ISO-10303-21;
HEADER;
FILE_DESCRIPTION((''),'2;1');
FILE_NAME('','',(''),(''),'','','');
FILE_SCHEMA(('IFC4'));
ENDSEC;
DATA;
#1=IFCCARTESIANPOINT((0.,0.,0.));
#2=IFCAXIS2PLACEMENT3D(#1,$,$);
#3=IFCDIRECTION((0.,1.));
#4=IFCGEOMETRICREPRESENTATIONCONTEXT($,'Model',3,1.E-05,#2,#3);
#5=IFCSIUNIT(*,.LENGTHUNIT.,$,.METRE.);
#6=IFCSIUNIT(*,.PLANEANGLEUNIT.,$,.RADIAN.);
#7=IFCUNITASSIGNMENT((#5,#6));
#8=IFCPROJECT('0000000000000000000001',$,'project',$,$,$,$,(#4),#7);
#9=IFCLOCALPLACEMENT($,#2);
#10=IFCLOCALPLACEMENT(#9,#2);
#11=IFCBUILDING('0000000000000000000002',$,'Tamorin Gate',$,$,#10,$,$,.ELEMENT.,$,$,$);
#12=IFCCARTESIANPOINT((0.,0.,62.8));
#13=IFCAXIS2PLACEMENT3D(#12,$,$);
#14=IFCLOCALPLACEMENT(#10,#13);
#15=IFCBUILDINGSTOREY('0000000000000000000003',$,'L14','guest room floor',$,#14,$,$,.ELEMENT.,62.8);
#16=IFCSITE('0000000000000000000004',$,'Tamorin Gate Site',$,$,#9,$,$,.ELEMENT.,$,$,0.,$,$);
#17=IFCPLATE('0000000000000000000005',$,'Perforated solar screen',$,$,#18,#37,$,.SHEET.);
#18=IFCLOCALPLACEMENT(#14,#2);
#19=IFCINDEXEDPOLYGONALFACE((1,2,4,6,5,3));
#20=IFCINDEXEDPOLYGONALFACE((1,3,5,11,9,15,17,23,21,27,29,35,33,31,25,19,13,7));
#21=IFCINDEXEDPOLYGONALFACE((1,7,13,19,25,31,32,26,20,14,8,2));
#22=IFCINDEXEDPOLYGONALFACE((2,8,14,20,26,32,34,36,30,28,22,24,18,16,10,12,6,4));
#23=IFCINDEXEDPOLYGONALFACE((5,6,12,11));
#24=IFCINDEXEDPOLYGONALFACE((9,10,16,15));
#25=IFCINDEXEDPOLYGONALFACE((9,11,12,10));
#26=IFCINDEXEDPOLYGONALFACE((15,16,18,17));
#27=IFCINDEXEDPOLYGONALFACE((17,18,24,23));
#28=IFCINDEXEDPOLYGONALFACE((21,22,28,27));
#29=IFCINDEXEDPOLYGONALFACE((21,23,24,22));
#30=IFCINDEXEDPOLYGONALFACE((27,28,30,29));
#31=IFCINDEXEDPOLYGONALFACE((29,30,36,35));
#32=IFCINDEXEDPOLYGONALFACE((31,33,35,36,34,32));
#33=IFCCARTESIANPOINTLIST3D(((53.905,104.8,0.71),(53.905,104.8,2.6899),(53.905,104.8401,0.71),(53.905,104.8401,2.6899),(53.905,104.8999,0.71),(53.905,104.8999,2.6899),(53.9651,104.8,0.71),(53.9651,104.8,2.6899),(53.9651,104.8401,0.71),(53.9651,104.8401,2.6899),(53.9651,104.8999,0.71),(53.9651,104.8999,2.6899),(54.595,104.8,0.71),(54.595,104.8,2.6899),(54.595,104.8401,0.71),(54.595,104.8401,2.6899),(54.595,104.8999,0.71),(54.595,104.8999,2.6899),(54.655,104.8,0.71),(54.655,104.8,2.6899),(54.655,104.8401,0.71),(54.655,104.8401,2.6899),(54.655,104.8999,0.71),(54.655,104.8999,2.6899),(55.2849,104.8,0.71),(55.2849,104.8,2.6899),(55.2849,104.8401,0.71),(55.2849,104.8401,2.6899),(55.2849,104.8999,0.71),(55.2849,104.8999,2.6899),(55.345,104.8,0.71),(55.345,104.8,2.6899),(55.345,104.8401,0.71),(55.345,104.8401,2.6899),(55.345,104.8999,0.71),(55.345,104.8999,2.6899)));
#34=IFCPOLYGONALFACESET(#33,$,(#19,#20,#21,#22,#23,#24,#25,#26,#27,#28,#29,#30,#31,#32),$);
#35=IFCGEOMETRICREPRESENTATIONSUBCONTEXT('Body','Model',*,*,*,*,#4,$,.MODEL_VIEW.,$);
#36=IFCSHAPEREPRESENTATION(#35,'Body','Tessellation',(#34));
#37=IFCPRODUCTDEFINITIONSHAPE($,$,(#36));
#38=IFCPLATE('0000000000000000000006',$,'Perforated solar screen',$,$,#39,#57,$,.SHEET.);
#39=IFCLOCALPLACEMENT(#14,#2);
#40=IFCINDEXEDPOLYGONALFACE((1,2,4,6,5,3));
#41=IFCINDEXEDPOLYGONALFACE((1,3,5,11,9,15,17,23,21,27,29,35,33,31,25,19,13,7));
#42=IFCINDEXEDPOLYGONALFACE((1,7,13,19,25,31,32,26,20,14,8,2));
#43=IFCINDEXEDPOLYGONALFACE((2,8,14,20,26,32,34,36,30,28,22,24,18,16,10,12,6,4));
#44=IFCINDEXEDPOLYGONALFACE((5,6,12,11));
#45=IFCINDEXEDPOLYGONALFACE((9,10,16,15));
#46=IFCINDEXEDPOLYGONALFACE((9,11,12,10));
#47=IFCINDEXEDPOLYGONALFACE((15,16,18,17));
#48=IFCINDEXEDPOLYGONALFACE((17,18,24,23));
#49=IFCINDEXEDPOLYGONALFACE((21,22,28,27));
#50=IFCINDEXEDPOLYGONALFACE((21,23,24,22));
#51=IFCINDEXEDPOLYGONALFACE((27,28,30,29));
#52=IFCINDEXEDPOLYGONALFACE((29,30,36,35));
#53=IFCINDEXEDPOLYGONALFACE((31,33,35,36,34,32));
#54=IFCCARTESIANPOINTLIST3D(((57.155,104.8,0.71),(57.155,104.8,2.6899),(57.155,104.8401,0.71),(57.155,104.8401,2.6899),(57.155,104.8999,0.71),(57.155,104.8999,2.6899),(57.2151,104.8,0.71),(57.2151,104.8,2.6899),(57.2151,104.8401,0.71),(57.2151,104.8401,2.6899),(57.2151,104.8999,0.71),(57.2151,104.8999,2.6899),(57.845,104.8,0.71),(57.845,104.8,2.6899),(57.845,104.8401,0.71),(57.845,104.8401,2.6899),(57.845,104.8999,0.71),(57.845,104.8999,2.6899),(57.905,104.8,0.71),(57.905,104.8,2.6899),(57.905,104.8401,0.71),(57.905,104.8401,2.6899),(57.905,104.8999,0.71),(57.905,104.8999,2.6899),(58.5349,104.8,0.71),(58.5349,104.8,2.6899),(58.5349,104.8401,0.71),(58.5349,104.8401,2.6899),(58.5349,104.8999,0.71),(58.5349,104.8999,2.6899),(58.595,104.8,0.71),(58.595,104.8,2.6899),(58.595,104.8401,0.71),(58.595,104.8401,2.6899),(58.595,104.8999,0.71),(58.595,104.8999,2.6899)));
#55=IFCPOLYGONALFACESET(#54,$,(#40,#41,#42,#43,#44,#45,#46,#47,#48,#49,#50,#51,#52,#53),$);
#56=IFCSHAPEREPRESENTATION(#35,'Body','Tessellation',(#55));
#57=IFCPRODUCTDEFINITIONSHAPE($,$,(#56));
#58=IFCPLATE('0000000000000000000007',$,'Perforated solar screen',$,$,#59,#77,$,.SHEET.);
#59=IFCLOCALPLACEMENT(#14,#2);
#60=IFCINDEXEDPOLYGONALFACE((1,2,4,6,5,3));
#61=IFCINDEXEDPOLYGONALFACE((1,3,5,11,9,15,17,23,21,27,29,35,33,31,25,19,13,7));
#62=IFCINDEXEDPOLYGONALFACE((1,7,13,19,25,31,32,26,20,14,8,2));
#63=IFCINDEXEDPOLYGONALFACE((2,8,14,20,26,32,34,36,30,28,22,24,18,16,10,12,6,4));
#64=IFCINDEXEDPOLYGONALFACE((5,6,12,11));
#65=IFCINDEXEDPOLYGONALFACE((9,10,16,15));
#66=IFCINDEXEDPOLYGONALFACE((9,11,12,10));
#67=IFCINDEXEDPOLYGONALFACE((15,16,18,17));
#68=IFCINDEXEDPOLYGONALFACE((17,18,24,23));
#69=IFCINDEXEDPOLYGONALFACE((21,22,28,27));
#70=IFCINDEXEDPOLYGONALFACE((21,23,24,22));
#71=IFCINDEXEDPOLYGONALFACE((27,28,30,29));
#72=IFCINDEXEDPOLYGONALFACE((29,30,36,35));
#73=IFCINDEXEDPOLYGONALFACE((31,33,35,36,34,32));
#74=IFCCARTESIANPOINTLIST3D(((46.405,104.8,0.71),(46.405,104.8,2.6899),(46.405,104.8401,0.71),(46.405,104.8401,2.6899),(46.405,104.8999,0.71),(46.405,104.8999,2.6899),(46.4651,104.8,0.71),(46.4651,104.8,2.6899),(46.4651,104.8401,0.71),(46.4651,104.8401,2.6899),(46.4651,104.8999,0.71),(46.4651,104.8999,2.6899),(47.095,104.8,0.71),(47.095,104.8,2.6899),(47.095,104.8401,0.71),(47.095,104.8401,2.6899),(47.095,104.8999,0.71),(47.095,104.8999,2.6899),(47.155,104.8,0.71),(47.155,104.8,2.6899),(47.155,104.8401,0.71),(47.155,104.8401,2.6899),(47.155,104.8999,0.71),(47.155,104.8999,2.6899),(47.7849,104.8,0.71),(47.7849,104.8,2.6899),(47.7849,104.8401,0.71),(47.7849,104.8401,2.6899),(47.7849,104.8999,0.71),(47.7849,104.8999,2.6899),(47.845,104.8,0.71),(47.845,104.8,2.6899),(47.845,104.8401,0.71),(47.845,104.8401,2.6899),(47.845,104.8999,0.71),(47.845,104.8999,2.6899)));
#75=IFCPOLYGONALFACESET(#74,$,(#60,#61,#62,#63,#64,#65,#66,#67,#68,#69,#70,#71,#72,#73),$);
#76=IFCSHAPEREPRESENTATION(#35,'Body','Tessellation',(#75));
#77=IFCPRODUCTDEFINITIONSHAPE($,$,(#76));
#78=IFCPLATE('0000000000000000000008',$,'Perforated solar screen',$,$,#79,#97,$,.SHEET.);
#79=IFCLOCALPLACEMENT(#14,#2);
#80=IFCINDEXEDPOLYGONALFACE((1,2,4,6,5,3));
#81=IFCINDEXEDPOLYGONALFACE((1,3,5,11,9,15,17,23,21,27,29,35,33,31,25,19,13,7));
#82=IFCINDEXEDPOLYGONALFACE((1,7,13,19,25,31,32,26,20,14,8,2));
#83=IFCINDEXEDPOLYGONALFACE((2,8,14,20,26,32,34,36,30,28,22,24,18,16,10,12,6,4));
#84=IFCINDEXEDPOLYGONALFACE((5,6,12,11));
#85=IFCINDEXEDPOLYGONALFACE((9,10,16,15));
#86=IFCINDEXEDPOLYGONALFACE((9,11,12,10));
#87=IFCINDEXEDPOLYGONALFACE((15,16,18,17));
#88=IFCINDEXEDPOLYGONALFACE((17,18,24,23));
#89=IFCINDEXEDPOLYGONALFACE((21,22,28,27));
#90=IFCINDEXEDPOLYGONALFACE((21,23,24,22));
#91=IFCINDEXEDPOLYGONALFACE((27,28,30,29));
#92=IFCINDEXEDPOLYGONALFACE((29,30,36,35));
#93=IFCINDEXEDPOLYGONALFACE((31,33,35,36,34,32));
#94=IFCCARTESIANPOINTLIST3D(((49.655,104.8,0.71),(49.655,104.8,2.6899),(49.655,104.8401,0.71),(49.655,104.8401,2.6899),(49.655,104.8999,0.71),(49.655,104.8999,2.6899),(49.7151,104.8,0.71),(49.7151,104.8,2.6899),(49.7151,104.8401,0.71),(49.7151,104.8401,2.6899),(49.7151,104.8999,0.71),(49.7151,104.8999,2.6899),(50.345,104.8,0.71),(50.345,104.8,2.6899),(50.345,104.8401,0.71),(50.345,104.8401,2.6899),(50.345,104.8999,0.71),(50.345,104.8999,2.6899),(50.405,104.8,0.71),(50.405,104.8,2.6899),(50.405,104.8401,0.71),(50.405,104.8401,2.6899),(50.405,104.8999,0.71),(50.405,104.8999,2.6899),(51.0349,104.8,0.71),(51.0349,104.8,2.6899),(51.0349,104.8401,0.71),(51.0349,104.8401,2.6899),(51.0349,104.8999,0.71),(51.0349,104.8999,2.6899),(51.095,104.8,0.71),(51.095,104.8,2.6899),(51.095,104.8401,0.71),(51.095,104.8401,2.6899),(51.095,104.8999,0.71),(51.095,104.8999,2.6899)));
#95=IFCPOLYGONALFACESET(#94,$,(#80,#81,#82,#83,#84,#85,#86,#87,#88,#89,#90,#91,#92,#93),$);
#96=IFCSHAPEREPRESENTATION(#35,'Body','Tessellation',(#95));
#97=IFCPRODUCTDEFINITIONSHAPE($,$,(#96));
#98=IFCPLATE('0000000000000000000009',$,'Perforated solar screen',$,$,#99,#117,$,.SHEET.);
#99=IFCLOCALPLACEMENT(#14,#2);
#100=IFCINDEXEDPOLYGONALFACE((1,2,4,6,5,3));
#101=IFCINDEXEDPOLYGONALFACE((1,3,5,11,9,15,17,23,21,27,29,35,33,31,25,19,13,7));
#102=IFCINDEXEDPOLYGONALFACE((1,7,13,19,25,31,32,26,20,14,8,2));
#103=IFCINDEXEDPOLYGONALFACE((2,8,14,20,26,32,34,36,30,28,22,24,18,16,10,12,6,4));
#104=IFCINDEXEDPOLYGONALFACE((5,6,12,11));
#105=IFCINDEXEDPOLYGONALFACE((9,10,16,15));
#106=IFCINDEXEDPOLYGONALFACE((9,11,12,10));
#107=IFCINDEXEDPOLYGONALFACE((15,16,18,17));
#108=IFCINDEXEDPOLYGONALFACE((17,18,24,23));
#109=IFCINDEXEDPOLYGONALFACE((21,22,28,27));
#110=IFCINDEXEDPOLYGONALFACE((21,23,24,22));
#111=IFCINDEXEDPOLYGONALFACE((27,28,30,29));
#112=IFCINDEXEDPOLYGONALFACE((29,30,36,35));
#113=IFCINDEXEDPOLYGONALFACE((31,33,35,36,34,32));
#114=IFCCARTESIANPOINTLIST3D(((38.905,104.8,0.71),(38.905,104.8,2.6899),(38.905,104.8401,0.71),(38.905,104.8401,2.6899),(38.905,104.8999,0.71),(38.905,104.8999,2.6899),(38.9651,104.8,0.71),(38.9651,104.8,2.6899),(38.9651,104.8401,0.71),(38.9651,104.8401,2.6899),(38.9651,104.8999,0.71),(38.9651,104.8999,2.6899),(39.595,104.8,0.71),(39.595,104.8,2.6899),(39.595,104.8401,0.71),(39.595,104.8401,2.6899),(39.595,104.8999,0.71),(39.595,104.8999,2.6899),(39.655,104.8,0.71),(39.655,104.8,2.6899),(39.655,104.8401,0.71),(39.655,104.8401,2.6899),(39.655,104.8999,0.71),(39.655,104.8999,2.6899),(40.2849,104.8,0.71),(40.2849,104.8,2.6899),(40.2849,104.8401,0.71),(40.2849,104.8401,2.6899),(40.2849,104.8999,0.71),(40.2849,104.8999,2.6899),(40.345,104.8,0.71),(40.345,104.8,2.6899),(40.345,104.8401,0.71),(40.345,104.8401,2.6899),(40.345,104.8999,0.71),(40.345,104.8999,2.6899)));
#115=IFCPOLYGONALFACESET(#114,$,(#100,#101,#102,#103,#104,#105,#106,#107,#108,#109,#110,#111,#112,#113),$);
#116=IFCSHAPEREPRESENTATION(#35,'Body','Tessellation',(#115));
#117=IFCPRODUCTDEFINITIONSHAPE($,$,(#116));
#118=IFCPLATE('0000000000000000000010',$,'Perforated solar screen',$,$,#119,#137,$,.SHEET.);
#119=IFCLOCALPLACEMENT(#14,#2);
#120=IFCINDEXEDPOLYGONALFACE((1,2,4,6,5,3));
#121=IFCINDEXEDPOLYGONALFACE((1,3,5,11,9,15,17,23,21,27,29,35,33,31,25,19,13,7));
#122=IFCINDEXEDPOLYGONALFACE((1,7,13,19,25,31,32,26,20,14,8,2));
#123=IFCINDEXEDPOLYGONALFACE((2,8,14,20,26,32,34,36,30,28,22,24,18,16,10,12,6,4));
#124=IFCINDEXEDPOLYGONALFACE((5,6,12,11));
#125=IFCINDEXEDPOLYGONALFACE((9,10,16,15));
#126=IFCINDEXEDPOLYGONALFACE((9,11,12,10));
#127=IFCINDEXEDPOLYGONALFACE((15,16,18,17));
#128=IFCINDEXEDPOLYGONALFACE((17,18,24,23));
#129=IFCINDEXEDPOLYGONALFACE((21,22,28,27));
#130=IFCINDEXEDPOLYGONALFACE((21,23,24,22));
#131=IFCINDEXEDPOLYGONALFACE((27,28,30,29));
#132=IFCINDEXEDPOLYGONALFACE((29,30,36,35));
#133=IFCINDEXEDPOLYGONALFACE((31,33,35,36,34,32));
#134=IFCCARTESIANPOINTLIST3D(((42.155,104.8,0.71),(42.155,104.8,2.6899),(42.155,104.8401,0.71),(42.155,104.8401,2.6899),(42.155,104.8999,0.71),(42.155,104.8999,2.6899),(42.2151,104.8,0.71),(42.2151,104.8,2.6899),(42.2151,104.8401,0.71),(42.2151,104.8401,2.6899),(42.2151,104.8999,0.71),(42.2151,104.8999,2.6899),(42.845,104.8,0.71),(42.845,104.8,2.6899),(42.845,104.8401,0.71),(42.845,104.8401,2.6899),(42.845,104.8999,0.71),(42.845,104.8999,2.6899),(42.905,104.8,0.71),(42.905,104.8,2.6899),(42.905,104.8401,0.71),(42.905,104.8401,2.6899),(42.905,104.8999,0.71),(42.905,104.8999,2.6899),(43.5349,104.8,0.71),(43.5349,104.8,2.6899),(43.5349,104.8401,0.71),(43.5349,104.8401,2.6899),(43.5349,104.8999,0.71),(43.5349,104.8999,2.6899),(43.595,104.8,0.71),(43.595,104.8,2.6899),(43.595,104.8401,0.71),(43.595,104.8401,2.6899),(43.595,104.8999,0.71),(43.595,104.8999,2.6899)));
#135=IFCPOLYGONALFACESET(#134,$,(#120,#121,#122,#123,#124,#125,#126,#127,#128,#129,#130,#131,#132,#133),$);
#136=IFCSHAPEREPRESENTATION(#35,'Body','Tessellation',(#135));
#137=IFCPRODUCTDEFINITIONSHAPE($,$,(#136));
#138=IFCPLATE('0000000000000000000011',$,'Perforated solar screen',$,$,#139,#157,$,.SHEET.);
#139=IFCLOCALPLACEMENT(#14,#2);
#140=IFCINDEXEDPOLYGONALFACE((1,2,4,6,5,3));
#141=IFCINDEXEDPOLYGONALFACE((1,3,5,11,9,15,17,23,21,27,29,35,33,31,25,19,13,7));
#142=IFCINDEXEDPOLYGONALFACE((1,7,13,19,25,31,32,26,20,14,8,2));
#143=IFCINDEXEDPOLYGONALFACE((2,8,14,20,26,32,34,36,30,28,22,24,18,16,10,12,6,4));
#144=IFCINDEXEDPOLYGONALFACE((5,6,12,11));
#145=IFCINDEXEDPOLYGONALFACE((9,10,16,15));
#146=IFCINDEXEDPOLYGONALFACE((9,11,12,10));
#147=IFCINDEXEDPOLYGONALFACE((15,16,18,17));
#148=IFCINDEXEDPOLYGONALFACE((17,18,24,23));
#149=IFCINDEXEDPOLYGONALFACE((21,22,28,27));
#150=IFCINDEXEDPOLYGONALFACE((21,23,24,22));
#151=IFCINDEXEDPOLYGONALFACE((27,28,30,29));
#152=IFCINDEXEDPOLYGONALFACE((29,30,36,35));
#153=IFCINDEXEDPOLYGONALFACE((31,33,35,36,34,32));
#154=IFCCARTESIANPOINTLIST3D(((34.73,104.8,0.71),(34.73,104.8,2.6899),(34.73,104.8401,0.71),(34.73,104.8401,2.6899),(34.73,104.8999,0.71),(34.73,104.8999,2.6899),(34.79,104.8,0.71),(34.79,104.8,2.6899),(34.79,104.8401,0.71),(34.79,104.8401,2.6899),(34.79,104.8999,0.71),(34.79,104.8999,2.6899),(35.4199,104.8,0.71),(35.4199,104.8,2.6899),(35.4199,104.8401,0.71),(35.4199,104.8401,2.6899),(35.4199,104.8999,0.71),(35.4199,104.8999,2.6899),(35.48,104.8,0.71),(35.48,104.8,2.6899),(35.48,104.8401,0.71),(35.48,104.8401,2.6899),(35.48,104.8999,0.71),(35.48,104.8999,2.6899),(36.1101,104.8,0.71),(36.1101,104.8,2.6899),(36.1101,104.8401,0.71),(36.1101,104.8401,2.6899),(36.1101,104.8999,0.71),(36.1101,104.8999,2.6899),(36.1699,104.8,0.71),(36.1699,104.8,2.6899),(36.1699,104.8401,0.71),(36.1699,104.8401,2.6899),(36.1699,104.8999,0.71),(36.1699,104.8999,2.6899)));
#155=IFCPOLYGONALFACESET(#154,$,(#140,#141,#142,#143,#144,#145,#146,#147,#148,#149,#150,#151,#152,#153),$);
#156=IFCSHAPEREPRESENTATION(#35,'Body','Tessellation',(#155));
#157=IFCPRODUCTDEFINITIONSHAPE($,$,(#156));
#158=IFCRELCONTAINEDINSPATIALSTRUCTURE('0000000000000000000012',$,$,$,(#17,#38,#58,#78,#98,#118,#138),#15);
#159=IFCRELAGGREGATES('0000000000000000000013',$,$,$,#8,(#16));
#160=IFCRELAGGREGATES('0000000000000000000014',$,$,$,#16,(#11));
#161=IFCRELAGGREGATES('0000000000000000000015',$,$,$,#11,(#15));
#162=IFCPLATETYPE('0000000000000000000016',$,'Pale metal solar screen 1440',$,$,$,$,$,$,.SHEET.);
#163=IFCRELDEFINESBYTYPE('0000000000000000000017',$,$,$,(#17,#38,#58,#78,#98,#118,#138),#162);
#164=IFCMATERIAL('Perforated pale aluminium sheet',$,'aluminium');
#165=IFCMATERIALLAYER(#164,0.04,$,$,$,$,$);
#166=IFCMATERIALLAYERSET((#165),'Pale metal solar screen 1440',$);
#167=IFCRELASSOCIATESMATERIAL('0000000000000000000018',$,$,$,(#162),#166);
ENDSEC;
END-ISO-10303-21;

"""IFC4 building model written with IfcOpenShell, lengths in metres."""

from ifc_helpers import new_model, si_unit, direction, frame, origin, place, context, subcontext, project, spatial, polyline, outline, extrude, material, layer, layer_set, type_object, element, save


model = new_model("IFC4")

# Units and contexts
model_context = context("Model", 3, precision=1e-05, world=origin(), true_north=direction((0.0, 1.0)))
body_context = subcontext(model_context, "Body", "Model", "MODEL_VIEW")
ifc_project = project(units=[si_unit("LENGTHUNIT", "METRE"), si_unit("PLANEANGLEUNIT", "RADIAN")], contexts=[model_context])

# Site, building, storey
site_placement = place(None, origin())
site = spatial("IfcSite", under=ifc_project, at=site_placement, Name="Tamorin Gate Site", CompositionType="ELEMENT", RefElevation=0.0)
building_placement = place(site_placement, origin())
building = spatial("IfcBuilding", under=site, at=building_placement, Name="Tamorin Gate", CompositionType="ELEMENT")
storey_placement = place(building_placement, frame((0.0, 0.0, 62.8)))
storey = spatial("IfcBuildingStorey", under=building, at=storey_placement, Name="L14", Description="guest room floor", CompositionType="ELEMENT", Elevation=62.8)

# Plates
ifc_material = material(Name="Perforated pale aluminium sheet", Category="aluminium")
ifc_layer = layer(ifc_material, 0.04)
ifc_layer_set = layer_set([ifc_layer], Name="Pale metal solar screen 1440")
plate_type = type_object("IfcPlateType", Name="Pale metal solar screen 1440", PredefinedType="SHEET", material=ifc_layer_set)
plate_1_placement = place(storey_placement, frame((0.0, 0.0, 0.71)))
element("IfcPlate", 1, at=plate_1_placement, inside=storey, type_object=plate_type, Name="Perforated solar screen", PredefinedType="SHEET", context=body_context, shape_type="SweptSolid", body=[
    extrude(outline(polyline([(55.345, 104.8401), (55.345, 104.8), (55.2849, 104.8), (54.655, 104.8), (54.595, 104.8), (53.9651, 104.8), (53.905, 104.8), (53.905, 104.8401), (53.905, 104.8999), (53.9651, 104.8999), (53.9651, 104.8401), (54.595, 104.8401), (54.595, 104.8999), (54.655, 104.8999), (54.655, 104.8401), (55.2849, 104.8401), (55.2849, 104.8999), (55.345, 104.8999), (55.345, 104.8401)])), origin(), (0.0, 0.0, 1.0), 1.98),
])
plate_2_placement = place(storey_placement, frame((0.0, 0.0, 0.71)))
element("IfcPlate", 2, at=plate_2_placement, inside=storey, type_object=plate_type, Name="Perforated solar screen", PredefinedType="SHEET", context=body_context, shape_type="SweptSolid", body=[
    extrude(outline(polyline([(58.595, 104.8401), (58.595, 104.8), (58.5349, 104.8), (57.905, 104.8), (57.845, 104.8), (57.2151, 104.8), (57.155, 104.8), (57.155, 104.8401), (57.155, 104.8999), (57.2151, 104.8999), (57.2151, 104.8401), (57.845, 104.8401), (57.845, 104.8999), (57.905, 104.8999), (57.905, 104.8401), (58.5349, 104.8401), (58.5349, 104.8999), (58.595, 104.8999), (58.595, 104.8401)])), origin(), (0.0, 0.0, 1.0), 1.98),
])
plate_3_placement = place(storey_placement, frame((0.0, 0.0, 0.71)))
element("IfcPlate", 3, at=plate_3_placement, inside=storey, type_object=plate_type, Name="Perforated solar screen", PredefinedType="SHEET", context=body_context, shape_type="SweptSolid", body=[
    extrude(outline(polyline([(47.845, 104.8401), (47.845, 104.8), (47.7849, 104.8), (47.155, 104.8), (47.095, 104.8), (46.4651, 104.8), (46.405, 104.8), (46.405, 104.8401), (46.405, 104.8999), (46.4651, 104.8999), (46.4651, 104.8401), (47.095, 104.8401), (47.095, 104.8999), (47.155, 104.8999), (47.155, 104.8401), (47.7849, 104.8401), (47.7849, 104.8999), (47.845, 104.8999), (47.845, 104.8401)])), origin(), (0.0, 0.0, 1.0), 1.98),
])
plate_4_placement = place(storey_placement, frame((0.0, 0.0, 0.71)))
element("IfcPlate", 4, at=plate_4_placement, inside=storey, type_object=plate_type, Name="Perforated solar screen", PredefinedType="SHEET", context=body_context, shape_type="SweptSolid", body=[
    extrude(outline(polyline([(51.095, 104.8401), (51.095, 104.8), (51.0349, 104.8), (50.405, 104.8), (50.345, 104.8), (49.7151, 104.8), (49.655, 104.8), (49.655, 104.8401), (49.655, 104.8999), (49.7151, 104.8999), (49.7151, 104.8401), (50.345, 104.8401), (50.345, 104.8999), (50.405, 104.8999), (50.405, 104.8401), (51.0349, 104.8401), (51.0349, 104.8999), (51.095, 104.8999), (51.095, 104.8401)])), origin(), (0.0, 0.0, 1.0), 1.98),
])
plate_5_placement = place(storey_placement, frame((0.0, 0.0, 0.71)))
element("IfcPlate", 5, at=plate_5_placement, inside=storey, type_object=plate_type, Name="Perforated solar screen", PredefinedType="SHEET", context=body_context, shape_type="SweptSolid", body=[
    extrude(outline(polyline([(40.345, 104.8401), (40.345, 104.8), (40.2849, 104.8), (39.655, 104.8), (39.595, 104.8), (38.9651, 104.8), (38.905, 104.8), (38.905, 104.8401), (38.905, 104.8999), (38.9651, 104.8999), (38.9651, 104.8401), (39.595, 104.8401), (39.595, 104.8999), (39.655, 104.8999), (39.655, 104.8401), (40.2849, 104.8401), (40.2849, 104.8999), (40.345, 104.8999), (40.345, 104.8401)])), origin(), (0.0, 0.0, 1.0), 1.98),
])
plate_6_placement = place(storey_placement, frame((0.0, 0.0, 0.71)))
element("IfcPlate", 6, at=plate_6_placement, inside=storey, type_object=plate_type, Name="Perforated solar screen", PredefinedType="SHEET", context=body_context, shape_type="SweptSolid", body=[
    extrude(outline(polyline([(43.595, 104.8401), (43.595, 104.8), (43.5349, 104.8), (42.905, 104.8), (42.845, 104.8), (42.2151, 104.8), (42.155, 104.8), (42.155, 104.8401), (42.155, 104.8999), (42.2151, 104.8999), (42.2151, 104.8401), (42.845, 104.8401), (42.845, 104.8999), (42.905, 104.8999), (42.905, 104.8401), (43.5349, 104.8401), (43.5349, 104.8999), (43.595, 104.8999), (43.595, 104.8401)])), origin(), (0.0, 0.0, 1.0), 1.98),
])
plate_7_placement = place(storey_placement, frame((0.0, 0.0, 0.71)))
element("IfcPlate", 7, at=plate_7_placement, inside=storey, type_object=plate_type, Name="Perforated solar screen", PredefinedType="SHEET", context=body_context, shape_type="SweptSolid", body=[
    extrude(outline(polyline([(36.1699, 104.8401), (36.1699, 104.8), (36.1101, 104.8), (35.48, 104.8), (35.4199, 104.8), (34.79, 104.8), (34.73, 104.8), (34.73, 104.8401), (34.73, 104.8999), (34.79, 104.8999), (34.79, 104.8401), (35.4199, 104.8401), (35.4199, 104.8999), (35.48, 104.8999), (35.48, 104.8401), (36.1101, 104.8401), (36.1101, 104.8999), (36.1699, 104.8999), (36.1699, 104.8401)])), origin(), (0.0, 0.0, 1.0), 1.98),
])

save(model, "model.ifc")
